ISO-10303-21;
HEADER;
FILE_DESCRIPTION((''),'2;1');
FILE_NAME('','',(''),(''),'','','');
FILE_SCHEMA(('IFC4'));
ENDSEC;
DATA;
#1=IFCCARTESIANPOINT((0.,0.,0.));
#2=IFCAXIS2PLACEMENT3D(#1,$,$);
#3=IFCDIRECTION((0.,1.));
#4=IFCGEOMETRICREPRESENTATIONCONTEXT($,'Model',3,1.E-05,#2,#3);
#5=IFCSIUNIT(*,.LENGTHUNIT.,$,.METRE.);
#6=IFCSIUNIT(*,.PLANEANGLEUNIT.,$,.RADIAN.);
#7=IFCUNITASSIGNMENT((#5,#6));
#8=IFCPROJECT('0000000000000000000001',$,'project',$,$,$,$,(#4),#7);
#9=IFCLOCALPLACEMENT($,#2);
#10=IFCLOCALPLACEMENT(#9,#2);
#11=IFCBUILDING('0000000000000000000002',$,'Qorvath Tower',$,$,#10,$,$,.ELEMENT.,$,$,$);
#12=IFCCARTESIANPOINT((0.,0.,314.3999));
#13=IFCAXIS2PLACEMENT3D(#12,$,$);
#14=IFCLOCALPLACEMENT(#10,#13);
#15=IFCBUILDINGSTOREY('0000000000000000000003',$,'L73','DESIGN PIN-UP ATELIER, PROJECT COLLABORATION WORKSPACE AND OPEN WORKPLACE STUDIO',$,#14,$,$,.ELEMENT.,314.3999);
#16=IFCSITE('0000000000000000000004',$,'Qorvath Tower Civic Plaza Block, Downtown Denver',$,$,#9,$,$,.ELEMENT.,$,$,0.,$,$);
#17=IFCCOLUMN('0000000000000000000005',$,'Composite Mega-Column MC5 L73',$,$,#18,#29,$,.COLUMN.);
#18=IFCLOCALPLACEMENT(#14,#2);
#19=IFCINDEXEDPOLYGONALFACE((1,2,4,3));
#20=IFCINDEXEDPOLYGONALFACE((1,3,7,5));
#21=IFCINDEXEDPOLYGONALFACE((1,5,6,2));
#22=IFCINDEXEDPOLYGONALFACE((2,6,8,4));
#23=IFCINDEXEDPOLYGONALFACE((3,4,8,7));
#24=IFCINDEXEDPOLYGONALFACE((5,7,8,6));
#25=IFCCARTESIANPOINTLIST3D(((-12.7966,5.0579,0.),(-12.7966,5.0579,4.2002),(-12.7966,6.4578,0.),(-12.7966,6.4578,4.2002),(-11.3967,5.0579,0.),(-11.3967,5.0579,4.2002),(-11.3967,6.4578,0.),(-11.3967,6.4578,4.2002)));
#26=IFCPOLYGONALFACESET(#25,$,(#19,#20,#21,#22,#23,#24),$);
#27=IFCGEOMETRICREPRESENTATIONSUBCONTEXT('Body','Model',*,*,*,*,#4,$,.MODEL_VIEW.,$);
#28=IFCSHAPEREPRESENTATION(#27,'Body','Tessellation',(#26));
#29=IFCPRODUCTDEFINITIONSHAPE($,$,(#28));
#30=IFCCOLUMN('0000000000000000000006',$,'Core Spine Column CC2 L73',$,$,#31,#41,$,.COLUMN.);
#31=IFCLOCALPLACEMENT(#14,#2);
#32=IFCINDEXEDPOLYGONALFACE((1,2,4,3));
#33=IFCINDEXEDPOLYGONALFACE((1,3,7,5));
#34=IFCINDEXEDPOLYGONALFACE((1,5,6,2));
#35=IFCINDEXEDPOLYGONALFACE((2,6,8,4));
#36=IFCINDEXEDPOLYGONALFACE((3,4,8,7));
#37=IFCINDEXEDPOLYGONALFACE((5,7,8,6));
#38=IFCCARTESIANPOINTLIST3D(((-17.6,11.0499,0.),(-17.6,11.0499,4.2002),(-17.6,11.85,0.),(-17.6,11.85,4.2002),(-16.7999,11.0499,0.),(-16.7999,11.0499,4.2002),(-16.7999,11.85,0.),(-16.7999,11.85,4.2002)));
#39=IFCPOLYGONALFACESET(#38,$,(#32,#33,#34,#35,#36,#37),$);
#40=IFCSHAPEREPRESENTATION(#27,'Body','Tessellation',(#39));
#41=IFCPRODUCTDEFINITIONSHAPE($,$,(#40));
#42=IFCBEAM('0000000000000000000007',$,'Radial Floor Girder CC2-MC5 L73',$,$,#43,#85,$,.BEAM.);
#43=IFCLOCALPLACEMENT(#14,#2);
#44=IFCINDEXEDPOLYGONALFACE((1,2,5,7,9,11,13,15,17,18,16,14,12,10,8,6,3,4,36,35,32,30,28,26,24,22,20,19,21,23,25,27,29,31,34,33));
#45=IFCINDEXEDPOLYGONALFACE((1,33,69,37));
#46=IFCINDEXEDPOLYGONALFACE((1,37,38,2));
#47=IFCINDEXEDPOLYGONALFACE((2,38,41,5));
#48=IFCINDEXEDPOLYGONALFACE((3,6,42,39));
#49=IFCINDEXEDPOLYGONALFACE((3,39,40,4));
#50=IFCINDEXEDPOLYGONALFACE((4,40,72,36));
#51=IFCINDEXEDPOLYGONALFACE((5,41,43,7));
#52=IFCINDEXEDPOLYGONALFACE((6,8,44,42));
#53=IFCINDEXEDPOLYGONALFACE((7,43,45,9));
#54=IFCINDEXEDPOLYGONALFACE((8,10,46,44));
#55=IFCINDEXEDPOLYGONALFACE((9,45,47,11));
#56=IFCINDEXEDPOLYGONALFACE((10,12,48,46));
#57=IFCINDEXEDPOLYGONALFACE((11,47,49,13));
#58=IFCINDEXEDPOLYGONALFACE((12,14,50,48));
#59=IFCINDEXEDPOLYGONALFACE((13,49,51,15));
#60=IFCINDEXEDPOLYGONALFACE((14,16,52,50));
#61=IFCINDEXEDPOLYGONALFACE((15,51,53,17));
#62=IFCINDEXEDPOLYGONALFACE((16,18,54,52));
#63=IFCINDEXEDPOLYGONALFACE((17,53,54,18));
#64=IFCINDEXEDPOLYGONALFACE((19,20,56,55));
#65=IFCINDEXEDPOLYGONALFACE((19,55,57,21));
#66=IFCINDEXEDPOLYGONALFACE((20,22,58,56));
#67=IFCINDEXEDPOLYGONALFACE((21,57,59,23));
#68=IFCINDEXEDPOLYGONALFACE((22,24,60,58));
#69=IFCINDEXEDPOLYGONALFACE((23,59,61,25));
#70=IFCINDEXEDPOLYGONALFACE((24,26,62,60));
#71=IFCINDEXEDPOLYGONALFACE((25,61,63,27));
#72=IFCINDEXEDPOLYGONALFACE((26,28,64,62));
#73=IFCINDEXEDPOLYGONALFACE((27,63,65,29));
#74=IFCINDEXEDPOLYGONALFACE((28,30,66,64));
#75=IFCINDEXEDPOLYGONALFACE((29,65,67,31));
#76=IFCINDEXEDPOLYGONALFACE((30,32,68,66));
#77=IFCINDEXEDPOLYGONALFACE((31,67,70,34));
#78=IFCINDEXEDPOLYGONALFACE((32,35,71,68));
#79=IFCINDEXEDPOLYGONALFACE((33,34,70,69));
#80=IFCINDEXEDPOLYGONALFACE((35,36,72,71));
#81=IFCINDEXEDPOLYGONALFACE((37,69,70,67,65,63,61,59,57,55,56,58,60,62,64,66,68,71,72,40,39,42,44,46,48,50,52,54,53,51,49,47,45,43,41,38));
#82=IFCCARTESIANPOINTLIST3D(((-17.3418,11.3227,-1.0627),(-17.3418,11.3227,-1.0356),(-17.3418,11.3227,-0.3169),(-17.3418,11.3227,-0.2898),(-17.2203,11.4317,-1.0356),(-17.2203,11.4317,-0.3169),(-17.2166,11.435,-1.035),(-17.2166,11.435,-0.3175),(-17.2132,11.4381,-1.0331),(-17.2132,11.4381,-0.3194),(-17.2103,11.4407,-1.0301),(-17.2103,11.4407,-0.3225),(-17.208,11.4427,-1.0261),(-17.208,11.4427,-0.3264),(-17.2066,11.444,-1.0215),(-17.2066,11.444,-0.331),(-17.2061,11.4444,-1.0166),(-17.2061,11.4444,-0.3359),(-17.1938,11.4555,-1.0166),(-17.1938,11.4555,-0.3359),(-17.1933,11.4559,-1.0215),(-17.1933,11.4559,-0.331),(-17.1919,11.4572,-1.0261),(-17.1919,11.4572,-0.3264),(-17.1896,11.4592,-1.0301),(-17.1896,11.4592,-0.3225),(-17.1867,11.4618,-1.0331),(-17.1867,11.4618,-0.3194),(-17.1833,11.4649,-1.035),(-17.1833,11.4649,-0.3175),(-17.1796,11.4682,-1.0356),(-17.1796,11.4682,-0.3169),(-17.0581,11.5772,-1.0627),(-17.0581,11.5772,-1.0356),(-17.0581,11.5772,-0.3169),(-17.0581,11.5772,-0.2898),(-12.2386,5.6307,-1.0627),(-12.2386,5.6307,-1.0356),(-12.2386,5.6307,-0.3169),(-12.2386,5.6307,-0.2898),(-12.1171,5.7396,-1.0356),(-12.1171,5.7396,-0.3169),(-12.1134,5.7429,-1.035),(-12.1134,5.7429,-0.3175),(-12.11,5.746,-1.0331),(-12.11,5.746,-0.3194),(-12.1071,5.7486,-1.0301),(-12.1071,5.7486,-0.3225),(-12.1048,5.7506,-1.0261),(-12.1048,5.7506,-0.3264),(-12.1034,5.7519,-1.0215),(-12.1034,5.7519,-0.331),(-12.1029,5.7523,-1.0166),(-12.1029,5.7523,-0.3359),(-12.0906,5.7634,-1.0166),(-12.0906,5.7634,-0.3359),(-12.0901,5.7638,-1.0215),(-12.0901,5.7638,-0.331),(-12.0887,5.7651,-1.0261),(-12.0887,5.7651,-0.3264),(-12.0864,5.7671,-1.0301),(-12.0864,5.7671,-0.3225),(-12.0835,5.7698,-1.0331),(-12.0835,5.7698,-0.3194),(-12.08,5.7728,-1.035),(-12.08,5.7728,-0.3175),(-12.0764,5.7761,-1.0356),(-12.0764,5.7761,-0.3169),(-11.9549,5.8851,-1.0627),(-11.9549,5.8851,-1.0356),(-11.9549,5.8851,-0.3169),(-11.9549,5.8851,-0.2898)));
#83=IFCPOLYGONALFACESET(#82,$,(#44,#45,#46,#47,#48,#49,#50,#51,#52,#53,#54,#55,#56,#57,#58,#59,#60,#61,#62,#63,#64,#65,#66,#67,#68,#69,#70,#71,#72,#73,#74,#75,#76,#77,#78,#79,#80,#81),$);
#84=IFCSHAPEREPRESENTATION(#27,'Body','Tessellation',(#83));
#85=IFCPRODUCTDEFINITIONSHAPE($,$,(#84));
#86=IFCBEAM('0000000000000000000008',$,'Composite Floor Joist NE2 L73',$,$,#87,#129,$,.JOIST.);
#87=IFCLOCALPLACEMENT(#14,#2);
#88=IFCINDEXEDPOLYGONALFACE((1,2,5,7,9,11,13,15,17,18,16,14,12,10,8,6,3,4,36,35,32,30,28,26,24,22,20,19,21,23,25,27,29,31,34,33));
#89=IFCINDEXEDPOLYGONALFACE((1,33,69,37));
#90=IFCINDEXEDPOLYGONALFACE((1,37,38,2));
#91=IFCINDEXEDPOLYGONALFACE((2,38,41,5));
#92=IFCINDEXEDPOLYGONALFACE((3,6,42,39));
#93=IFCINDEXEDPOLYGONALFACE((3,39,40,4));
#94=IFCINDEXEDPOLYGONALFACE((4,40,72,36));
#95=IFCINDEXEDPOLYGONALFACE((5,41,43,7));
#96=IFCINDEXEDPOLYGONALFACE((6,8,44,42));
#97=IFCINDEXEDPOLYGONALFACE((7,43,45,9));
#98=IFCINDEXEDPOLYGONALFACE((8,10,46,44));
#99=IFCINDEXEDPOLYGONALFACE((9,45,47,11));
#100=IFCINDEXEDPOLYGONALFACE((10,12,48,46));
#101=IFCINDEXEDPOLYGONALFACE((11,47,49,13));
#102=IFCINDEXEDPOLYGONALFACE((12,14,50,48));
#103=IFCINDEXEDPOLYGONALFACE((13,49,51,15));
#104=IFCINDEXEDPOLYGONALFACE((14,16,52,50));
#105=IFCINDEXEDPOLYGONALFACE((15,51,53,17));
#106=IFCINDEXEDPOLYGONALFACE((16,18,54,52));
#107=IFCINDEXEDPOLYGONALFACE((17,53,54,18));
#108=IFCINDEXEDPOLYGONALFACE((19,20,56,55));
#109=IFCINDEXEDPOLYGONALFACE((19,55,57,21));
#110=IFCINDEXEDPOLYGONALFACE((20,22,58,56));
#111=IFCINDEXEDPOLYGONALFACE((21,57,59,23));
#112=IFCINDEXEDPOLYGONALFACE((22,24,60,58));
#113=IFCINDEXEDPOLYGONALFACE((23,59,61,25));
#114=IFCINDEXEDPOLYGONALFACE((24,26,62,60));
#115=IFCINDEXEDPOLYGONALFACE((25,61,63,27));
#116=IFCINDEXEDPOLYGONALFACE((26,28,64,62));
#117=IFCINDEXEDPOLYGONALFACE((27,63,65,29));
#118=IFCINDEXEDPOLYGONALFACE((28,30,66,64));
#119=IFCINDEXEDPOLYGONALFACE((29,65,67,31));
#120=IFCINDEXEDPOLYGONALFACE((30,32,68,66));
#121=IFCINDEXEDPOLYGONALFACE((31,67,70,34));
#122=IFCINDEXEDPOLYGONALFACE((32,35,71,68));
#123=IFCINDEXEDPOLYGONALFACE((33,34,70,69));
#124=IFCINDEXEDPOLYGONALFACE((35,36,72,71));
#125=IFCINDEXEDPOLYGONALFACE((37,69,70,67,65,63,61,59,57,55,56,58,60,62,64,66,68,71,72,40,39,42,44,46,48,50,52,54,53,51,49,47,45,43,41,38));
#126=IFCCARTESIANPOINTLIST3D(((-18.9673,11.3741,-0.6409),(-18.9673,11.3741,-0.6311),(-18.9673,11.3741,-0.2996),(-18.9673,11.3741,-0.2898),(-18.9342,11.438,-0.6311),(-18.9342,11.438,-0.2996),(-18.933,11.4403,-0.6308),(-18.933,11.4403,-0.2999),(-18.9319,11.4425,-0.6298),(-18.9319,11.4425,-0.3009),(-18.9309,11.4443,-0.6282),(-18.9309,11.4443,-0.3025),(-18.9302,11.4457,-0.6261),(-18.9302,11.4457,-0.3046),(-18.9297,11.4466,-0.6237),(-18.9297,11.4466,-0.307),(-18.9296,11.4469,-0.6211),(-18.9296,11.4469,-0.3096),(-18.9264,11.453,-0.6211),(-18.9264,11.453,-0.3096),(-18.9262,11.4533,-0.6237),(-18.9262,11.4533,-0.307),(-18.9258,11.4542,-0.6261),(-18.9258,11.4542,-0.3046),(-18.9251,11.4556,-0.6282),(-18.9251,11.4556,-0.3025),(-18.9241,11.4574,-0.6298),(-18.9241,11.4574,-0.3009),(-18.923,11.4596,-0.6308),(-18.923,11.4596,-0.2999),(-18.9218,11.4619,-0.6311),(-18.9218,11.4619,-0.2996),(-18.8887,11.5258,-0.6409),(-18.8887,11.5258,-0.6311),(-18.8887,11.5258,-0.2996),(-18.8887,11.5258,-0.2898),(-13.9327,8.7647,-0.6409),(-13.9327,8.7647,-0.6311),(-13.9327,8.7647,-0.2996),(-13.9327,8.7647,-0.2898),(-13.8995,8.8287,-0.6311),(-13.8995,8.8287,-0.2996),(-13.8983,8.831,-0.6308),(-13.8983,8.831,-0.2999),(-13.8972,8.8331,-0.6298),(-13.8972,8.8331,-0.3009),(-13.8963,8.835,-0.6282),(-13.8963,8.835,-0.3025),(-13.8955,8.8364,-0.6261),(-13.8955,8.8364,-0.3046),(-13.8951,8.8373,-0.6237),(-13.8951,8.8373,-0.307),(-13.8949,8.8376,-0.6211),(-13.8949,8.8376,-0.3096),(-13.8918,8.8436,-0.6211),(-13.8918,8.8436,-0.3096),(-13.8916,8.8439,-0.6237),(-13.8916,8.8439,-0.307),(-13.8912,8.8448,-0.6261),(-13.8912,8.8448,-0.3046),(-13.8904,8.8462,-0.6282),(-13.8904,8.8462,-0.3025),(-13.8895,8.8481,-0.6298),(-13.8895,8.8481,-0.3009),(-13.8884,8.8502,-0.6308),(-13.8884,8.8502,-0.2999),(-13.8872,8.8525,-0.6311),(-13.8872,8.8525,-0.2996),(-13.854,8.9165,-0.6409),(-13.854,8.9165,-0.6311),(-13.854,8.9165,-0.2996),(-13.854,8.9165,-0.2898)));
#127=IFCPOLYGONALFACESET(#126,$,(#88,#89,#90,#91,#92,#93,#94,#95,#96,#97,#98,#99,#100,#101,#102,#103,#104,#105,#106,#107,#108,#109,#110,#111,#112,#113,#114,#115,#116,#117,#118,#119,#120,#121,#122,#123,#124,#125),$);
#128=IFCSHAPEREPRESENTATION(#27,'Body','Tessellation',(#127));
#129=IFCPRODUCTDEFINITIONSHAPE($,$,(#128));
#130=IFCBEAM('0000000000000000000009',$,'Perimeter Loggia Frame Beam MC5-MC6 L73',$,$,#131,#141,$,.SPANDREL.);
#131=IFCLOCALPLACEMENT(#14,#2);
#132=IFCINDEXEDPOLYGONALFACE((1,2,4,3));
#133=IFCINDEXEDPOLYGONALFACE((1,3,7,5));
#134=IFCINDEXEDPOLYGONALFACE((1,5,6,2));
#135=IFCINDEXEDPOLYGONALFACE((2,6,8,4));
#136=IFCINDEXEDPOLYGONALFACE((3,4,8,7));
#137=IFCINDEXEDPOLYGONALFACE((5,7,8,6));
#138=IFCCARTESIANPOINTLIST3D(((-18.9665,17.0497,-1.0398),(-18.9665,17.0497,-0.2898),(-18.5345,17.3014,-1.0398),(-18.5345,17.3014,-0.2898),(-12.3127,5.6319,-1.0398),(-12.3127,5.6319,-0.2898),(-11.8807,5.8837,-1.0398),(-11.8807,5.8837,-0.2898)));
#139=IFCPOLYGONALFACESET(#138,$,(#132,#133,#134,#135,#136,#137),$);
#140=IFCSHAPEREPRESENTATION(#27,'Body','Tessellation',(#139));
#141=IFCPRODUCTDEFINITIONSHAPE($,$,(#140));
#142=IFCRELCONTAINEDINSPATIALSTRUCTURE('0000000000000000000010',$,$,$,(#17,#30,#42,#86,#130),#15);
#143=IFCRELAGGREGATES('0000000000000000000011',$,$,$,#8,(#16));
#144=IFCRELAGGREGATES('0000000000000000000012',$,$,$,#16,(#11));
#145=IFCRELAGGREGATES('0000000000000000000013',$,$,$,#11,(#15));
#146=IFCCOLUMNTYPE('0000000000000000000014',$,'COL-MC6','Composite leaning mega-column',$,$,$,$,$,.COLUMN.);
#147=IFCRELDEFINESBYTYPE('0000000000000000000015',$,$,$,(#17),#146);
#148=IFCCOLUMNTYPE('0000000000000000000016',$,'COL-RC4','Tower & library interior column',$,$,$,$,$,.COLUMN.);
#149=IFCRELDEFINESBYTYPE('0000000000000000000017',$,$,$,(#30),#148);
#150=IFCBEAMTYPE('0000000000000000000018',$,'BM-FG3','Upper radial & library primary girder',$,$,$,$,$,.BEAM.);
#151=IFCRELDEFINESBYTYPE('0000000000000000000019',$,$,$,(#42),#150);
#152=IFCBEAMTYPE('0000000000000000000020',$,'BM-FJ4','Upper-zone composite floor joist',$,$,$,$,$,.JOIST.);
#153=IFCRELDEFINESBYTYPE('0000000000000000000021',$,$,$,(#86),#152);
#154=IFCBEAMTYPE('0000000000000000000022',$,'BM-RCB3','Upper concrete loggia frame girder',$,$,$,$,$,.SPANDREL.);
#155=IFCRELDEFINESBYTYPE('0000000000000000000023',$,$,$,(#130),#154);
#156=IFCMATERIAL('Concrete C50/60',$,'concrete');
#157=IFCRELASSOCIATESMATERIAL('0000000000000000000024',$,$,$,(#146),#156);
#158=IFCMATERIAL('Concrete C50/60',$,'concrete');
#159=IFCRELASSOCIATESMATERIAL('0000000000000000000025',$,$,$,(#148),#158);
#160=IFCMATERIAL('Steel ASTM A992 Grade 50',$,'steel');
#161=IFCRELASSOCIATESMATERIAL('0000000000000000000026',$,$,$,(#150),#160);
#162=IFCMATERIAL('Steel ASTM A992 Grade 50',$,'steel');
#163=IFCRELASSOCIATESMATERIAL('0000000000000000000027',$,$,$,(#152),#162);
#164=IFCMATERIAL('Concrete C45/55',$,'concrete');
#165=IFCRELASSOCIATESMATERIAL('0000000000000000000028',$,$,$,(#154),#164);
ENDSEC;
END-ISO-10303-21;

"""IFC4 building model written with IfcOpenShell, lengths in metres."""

from ifc_helpers import new_model, si_unit, direction, frame, origin, origin_2d, place, context, subcontext, project, spatial, rectangle, i_section, extrude, material, material_profile, profile_set, type_object, element, save


model = new_model("IFC4")

# Units and contexts
model_context = context("Model", 3, precision=1e-05, world=origin(), true_north=direction((0.0, 1.0)))
body_context = subcontext(model_context, "Body", "Model", "MODEL_VIEW")
ifc_project = project(units=[si_unit("LENGTHUNIT", "METRE"), si_unit("PLANEANGLEUNIT", "RADIAN")], contexts=[model_context])

# Site, building, storey
site_placement = place(None, origin())
site = spatial("IfcSite", under=ifc_project, at=site_placement, Name="Qorvath Tower Civic Plaza Block, Downtown Denver", CompositionType="ELEMENT", RefElevation=0.0)
building_placement = place(site_placement, origin())
building = spatial("IfcBuilding", under=site, at=building_placement, Name="Qorvath Tower", CompositionType="ELEMENT")
storey_placement = place(building_placement, frame((0.0, 0.0, 314.3999)))
storey = spatial("IfcBuildingStorey", under=building, at=storey_placement, Name="L73", Description="DESIGN PIN-UP ATELIER, PROJECT COLLABORATION WORKSPACE AND OPEN WORKPLACE STUDIO", CompositionType="ELEMENT", Elevation=314.3999)

# Columns
ifc_material_1 = material(Name="Concrete C50/60", Category="concrete")
ifc_material_profile_1 = material_profile(ifc_material_1, rectangle(XDim=1.3999, YDim=1.3999, at=origin_2d()), Name="MC 1400x1400")
ifc_profile_set_1 = profile_set([ifc_material_profile_1], Name="Concrete C50/60")
column_type_1 = type_object("IfcColumnType", Name="COL-MC6", Description="Composite leaning mega-column", PredefinedType="COLUMN", material=ifc_profile_set_1)
column_1_placement = place(storey_placement, frame((-12.0967, 5.7578, 0.0), z_axis=(0.0, 0.0, 1.0), x_axis=(1.0, 0.0, 0.0)))
element("IfcColumn", 1, at=column_1_placement, inside=storey, type_object=column_type_1, Name="Composite Mega-Column MC5 L73", PredefinedType="COLUMN", context=body_context, shape_type="SweptSolid", body=[
    extrude(rectangle(XDim=1.3999, YDim=1.3999, at=origin_2d()), origin(), (0.0, 0.0, 1.0), 4.2002),
])
ifc_material_2 = material(Name="Concrete C50/60", Category="concrete")
ifc_material_profile_2 = material_profile(ifc_material_2, rectangle(XDim=0.8, YDim=0.8, at=origin_2d()), Name="RC 800x800")
ifc_profile_set_2 = profile_set([ifc_material_profile_2], Name="Concrete C50/60")
column_type_2 = type_object("IfcColumnType", Name="COL-RC4", Description="Tower & library interior column", PredefinedType="COLUMN", material=ifc_profile_set_2)
column_2_placement = place(storey_placement, frame((-17.2, 11.45, 0.0), z_axis=(0.0, 0.0, 1.0), x_axis=(1.0, 0.0, 0.0)))
element("IfcColumn", 2, at=column_2_placement, inside=storey, type_object=column_type_2, Name="Core Spine Column CC2 L73", PredefinedType="COLUMN", context=body_context, shape_type="SweptSolid", body=[
    extrude(rectangle(XDim=0.8, YDim=0.8, at=origin_2d()), origin(), (0.0, 0.0, 1.0), 4.2002),
])

# Beams
ifc_material_3 = material(Name="Steel ASTM A992 Grade 50", Category="steel")
ifc_material_profile_3 = material_profile(ifc_material_3, i_section(OverallWidth=0.3811, OverallDepth=0.7729, WebThickness=0.0166, FlangeThickness=0.0271, FilletRadius=0.019, at=origin_2d()), Name="W30x173")
ifc_profile_set_3 = profile_set([ifc_material_profile_3], Name="Steel ASTM A992 Grade 50")
beam_type_1 = type_object("IfcBeamType", Name="BM-FG3", Description="Upper radial & library primary girder", PredefinedType="BEAM", material=ifc_profile_set_3)
beam_1_placement = place(storey_placement, frame((-17.2, 11.45, -0.6763), z_axis=(0.667543, -0.744571, 0.0), x_axis=(0.744571, 0.667543, 0.0)))
element("IfcBeam", 3, at=beam_1_placement, inside=storey, type_object=beam_type_1, Name="Radial Floor Girder CC2-MC5 L73", PredefinedType="BEAM", context=body_context, shape_type="SweptSolid", body=[
    extrude(i_section(OverallWidth=0.3811, OverallDepth=0.7729, WebThickness=0.0166, FlangeThickness=0.0271, FilletRadius=0.019, at=origin_2d()), origin(), (0.0, 0.0, 1.0), 7.6448),
])
ifc_material_4 = material(Name="Steel ASTM A992 Grade 50", Category="steel")
ifc_material_profile_4 = material_profile(ifc_material_4, i_section(OverallWidth=0.1709, OverallDepth=0.3511, WebThickness=0.0068, FlangeThickness=0.0098, FilletRadius=0.01, at=origin_2d()), Name="W14x30")
ifc_profile_set_4 = profile_set([ifc_material_profile_4], Name="Steel ASTM A992 Grade 50")
beam_type_2 = type_object("IfcBeamType", Name="BM-FJ4", Description="Upper-zone composite floor joist", PredefinedType="JOIST", material=ifc_profile_set_4)
beam_2_placement = place(storey_placement, frame((-18.928, 11.45, -0.4653), z_axis=(0.887841, -0.460151, 0.0), x_axis=(0.460151, 0.887841, 0.0)))
element("IfcBeam", 4, at=beam_2_placement, inside=storey, type_object=beam_type_2, Name="Composite Floor Joist NE2 L73", PredefinedType="JOIST", context=body_context, shape_type="SweptSolid", body=[
    extrude(i_section(OverallWidth=0.1709, OverallDepth=0.3511, WebThickness=0.0068, FlangeThickness=0.0098, FilletRadius=0.01, at=origin_2d()), origin(), (0.0, 0.0, 1.0), 5.6707),
])
ifc_material_5 = material(Name="Concrete C45/55", Category="concrete")
ifc_material_profile_5 = material_profile(ifc_material_5, rectangle(XDim=0.5, YDim=0.75, at=origin_2d()), Name="RCB 750x500")
ifc_profile_set_5 = profile_set([ifc_material_profile_5], Name="Concrete C45/55")
beam_type_3 = type_object("IfcBeamType", Name="BM-RCB3", Description="Upper concrete loggia frame girder", PredefinedType="SPANDREL", material=ifc_profile_set_5)
beam_3_placement = place(storey_placement, frame((-12.0967, 5.7578, -0.6648), z_axis=(-0.503502, 0.863994, 0.0), x_axis=(-0.863994, -0.503502, 0.0)))
element("IfcBeam", 5, at=beam_3_placement, inside=storey, type_object=beam_type_3, Name="Perimeter Loggia Frame Beam MC5-MC6 L73", PredefinedType="SPANDREL", context=body_context, shape_type="SweptSolid", body=[
    extrude(rectangle(XDim=0.5, YDim=0.75, at=origin_2d()), origin(), (0.0, 0.0, 1.0), 13.2151),
])

save(model, "model.ifc")
